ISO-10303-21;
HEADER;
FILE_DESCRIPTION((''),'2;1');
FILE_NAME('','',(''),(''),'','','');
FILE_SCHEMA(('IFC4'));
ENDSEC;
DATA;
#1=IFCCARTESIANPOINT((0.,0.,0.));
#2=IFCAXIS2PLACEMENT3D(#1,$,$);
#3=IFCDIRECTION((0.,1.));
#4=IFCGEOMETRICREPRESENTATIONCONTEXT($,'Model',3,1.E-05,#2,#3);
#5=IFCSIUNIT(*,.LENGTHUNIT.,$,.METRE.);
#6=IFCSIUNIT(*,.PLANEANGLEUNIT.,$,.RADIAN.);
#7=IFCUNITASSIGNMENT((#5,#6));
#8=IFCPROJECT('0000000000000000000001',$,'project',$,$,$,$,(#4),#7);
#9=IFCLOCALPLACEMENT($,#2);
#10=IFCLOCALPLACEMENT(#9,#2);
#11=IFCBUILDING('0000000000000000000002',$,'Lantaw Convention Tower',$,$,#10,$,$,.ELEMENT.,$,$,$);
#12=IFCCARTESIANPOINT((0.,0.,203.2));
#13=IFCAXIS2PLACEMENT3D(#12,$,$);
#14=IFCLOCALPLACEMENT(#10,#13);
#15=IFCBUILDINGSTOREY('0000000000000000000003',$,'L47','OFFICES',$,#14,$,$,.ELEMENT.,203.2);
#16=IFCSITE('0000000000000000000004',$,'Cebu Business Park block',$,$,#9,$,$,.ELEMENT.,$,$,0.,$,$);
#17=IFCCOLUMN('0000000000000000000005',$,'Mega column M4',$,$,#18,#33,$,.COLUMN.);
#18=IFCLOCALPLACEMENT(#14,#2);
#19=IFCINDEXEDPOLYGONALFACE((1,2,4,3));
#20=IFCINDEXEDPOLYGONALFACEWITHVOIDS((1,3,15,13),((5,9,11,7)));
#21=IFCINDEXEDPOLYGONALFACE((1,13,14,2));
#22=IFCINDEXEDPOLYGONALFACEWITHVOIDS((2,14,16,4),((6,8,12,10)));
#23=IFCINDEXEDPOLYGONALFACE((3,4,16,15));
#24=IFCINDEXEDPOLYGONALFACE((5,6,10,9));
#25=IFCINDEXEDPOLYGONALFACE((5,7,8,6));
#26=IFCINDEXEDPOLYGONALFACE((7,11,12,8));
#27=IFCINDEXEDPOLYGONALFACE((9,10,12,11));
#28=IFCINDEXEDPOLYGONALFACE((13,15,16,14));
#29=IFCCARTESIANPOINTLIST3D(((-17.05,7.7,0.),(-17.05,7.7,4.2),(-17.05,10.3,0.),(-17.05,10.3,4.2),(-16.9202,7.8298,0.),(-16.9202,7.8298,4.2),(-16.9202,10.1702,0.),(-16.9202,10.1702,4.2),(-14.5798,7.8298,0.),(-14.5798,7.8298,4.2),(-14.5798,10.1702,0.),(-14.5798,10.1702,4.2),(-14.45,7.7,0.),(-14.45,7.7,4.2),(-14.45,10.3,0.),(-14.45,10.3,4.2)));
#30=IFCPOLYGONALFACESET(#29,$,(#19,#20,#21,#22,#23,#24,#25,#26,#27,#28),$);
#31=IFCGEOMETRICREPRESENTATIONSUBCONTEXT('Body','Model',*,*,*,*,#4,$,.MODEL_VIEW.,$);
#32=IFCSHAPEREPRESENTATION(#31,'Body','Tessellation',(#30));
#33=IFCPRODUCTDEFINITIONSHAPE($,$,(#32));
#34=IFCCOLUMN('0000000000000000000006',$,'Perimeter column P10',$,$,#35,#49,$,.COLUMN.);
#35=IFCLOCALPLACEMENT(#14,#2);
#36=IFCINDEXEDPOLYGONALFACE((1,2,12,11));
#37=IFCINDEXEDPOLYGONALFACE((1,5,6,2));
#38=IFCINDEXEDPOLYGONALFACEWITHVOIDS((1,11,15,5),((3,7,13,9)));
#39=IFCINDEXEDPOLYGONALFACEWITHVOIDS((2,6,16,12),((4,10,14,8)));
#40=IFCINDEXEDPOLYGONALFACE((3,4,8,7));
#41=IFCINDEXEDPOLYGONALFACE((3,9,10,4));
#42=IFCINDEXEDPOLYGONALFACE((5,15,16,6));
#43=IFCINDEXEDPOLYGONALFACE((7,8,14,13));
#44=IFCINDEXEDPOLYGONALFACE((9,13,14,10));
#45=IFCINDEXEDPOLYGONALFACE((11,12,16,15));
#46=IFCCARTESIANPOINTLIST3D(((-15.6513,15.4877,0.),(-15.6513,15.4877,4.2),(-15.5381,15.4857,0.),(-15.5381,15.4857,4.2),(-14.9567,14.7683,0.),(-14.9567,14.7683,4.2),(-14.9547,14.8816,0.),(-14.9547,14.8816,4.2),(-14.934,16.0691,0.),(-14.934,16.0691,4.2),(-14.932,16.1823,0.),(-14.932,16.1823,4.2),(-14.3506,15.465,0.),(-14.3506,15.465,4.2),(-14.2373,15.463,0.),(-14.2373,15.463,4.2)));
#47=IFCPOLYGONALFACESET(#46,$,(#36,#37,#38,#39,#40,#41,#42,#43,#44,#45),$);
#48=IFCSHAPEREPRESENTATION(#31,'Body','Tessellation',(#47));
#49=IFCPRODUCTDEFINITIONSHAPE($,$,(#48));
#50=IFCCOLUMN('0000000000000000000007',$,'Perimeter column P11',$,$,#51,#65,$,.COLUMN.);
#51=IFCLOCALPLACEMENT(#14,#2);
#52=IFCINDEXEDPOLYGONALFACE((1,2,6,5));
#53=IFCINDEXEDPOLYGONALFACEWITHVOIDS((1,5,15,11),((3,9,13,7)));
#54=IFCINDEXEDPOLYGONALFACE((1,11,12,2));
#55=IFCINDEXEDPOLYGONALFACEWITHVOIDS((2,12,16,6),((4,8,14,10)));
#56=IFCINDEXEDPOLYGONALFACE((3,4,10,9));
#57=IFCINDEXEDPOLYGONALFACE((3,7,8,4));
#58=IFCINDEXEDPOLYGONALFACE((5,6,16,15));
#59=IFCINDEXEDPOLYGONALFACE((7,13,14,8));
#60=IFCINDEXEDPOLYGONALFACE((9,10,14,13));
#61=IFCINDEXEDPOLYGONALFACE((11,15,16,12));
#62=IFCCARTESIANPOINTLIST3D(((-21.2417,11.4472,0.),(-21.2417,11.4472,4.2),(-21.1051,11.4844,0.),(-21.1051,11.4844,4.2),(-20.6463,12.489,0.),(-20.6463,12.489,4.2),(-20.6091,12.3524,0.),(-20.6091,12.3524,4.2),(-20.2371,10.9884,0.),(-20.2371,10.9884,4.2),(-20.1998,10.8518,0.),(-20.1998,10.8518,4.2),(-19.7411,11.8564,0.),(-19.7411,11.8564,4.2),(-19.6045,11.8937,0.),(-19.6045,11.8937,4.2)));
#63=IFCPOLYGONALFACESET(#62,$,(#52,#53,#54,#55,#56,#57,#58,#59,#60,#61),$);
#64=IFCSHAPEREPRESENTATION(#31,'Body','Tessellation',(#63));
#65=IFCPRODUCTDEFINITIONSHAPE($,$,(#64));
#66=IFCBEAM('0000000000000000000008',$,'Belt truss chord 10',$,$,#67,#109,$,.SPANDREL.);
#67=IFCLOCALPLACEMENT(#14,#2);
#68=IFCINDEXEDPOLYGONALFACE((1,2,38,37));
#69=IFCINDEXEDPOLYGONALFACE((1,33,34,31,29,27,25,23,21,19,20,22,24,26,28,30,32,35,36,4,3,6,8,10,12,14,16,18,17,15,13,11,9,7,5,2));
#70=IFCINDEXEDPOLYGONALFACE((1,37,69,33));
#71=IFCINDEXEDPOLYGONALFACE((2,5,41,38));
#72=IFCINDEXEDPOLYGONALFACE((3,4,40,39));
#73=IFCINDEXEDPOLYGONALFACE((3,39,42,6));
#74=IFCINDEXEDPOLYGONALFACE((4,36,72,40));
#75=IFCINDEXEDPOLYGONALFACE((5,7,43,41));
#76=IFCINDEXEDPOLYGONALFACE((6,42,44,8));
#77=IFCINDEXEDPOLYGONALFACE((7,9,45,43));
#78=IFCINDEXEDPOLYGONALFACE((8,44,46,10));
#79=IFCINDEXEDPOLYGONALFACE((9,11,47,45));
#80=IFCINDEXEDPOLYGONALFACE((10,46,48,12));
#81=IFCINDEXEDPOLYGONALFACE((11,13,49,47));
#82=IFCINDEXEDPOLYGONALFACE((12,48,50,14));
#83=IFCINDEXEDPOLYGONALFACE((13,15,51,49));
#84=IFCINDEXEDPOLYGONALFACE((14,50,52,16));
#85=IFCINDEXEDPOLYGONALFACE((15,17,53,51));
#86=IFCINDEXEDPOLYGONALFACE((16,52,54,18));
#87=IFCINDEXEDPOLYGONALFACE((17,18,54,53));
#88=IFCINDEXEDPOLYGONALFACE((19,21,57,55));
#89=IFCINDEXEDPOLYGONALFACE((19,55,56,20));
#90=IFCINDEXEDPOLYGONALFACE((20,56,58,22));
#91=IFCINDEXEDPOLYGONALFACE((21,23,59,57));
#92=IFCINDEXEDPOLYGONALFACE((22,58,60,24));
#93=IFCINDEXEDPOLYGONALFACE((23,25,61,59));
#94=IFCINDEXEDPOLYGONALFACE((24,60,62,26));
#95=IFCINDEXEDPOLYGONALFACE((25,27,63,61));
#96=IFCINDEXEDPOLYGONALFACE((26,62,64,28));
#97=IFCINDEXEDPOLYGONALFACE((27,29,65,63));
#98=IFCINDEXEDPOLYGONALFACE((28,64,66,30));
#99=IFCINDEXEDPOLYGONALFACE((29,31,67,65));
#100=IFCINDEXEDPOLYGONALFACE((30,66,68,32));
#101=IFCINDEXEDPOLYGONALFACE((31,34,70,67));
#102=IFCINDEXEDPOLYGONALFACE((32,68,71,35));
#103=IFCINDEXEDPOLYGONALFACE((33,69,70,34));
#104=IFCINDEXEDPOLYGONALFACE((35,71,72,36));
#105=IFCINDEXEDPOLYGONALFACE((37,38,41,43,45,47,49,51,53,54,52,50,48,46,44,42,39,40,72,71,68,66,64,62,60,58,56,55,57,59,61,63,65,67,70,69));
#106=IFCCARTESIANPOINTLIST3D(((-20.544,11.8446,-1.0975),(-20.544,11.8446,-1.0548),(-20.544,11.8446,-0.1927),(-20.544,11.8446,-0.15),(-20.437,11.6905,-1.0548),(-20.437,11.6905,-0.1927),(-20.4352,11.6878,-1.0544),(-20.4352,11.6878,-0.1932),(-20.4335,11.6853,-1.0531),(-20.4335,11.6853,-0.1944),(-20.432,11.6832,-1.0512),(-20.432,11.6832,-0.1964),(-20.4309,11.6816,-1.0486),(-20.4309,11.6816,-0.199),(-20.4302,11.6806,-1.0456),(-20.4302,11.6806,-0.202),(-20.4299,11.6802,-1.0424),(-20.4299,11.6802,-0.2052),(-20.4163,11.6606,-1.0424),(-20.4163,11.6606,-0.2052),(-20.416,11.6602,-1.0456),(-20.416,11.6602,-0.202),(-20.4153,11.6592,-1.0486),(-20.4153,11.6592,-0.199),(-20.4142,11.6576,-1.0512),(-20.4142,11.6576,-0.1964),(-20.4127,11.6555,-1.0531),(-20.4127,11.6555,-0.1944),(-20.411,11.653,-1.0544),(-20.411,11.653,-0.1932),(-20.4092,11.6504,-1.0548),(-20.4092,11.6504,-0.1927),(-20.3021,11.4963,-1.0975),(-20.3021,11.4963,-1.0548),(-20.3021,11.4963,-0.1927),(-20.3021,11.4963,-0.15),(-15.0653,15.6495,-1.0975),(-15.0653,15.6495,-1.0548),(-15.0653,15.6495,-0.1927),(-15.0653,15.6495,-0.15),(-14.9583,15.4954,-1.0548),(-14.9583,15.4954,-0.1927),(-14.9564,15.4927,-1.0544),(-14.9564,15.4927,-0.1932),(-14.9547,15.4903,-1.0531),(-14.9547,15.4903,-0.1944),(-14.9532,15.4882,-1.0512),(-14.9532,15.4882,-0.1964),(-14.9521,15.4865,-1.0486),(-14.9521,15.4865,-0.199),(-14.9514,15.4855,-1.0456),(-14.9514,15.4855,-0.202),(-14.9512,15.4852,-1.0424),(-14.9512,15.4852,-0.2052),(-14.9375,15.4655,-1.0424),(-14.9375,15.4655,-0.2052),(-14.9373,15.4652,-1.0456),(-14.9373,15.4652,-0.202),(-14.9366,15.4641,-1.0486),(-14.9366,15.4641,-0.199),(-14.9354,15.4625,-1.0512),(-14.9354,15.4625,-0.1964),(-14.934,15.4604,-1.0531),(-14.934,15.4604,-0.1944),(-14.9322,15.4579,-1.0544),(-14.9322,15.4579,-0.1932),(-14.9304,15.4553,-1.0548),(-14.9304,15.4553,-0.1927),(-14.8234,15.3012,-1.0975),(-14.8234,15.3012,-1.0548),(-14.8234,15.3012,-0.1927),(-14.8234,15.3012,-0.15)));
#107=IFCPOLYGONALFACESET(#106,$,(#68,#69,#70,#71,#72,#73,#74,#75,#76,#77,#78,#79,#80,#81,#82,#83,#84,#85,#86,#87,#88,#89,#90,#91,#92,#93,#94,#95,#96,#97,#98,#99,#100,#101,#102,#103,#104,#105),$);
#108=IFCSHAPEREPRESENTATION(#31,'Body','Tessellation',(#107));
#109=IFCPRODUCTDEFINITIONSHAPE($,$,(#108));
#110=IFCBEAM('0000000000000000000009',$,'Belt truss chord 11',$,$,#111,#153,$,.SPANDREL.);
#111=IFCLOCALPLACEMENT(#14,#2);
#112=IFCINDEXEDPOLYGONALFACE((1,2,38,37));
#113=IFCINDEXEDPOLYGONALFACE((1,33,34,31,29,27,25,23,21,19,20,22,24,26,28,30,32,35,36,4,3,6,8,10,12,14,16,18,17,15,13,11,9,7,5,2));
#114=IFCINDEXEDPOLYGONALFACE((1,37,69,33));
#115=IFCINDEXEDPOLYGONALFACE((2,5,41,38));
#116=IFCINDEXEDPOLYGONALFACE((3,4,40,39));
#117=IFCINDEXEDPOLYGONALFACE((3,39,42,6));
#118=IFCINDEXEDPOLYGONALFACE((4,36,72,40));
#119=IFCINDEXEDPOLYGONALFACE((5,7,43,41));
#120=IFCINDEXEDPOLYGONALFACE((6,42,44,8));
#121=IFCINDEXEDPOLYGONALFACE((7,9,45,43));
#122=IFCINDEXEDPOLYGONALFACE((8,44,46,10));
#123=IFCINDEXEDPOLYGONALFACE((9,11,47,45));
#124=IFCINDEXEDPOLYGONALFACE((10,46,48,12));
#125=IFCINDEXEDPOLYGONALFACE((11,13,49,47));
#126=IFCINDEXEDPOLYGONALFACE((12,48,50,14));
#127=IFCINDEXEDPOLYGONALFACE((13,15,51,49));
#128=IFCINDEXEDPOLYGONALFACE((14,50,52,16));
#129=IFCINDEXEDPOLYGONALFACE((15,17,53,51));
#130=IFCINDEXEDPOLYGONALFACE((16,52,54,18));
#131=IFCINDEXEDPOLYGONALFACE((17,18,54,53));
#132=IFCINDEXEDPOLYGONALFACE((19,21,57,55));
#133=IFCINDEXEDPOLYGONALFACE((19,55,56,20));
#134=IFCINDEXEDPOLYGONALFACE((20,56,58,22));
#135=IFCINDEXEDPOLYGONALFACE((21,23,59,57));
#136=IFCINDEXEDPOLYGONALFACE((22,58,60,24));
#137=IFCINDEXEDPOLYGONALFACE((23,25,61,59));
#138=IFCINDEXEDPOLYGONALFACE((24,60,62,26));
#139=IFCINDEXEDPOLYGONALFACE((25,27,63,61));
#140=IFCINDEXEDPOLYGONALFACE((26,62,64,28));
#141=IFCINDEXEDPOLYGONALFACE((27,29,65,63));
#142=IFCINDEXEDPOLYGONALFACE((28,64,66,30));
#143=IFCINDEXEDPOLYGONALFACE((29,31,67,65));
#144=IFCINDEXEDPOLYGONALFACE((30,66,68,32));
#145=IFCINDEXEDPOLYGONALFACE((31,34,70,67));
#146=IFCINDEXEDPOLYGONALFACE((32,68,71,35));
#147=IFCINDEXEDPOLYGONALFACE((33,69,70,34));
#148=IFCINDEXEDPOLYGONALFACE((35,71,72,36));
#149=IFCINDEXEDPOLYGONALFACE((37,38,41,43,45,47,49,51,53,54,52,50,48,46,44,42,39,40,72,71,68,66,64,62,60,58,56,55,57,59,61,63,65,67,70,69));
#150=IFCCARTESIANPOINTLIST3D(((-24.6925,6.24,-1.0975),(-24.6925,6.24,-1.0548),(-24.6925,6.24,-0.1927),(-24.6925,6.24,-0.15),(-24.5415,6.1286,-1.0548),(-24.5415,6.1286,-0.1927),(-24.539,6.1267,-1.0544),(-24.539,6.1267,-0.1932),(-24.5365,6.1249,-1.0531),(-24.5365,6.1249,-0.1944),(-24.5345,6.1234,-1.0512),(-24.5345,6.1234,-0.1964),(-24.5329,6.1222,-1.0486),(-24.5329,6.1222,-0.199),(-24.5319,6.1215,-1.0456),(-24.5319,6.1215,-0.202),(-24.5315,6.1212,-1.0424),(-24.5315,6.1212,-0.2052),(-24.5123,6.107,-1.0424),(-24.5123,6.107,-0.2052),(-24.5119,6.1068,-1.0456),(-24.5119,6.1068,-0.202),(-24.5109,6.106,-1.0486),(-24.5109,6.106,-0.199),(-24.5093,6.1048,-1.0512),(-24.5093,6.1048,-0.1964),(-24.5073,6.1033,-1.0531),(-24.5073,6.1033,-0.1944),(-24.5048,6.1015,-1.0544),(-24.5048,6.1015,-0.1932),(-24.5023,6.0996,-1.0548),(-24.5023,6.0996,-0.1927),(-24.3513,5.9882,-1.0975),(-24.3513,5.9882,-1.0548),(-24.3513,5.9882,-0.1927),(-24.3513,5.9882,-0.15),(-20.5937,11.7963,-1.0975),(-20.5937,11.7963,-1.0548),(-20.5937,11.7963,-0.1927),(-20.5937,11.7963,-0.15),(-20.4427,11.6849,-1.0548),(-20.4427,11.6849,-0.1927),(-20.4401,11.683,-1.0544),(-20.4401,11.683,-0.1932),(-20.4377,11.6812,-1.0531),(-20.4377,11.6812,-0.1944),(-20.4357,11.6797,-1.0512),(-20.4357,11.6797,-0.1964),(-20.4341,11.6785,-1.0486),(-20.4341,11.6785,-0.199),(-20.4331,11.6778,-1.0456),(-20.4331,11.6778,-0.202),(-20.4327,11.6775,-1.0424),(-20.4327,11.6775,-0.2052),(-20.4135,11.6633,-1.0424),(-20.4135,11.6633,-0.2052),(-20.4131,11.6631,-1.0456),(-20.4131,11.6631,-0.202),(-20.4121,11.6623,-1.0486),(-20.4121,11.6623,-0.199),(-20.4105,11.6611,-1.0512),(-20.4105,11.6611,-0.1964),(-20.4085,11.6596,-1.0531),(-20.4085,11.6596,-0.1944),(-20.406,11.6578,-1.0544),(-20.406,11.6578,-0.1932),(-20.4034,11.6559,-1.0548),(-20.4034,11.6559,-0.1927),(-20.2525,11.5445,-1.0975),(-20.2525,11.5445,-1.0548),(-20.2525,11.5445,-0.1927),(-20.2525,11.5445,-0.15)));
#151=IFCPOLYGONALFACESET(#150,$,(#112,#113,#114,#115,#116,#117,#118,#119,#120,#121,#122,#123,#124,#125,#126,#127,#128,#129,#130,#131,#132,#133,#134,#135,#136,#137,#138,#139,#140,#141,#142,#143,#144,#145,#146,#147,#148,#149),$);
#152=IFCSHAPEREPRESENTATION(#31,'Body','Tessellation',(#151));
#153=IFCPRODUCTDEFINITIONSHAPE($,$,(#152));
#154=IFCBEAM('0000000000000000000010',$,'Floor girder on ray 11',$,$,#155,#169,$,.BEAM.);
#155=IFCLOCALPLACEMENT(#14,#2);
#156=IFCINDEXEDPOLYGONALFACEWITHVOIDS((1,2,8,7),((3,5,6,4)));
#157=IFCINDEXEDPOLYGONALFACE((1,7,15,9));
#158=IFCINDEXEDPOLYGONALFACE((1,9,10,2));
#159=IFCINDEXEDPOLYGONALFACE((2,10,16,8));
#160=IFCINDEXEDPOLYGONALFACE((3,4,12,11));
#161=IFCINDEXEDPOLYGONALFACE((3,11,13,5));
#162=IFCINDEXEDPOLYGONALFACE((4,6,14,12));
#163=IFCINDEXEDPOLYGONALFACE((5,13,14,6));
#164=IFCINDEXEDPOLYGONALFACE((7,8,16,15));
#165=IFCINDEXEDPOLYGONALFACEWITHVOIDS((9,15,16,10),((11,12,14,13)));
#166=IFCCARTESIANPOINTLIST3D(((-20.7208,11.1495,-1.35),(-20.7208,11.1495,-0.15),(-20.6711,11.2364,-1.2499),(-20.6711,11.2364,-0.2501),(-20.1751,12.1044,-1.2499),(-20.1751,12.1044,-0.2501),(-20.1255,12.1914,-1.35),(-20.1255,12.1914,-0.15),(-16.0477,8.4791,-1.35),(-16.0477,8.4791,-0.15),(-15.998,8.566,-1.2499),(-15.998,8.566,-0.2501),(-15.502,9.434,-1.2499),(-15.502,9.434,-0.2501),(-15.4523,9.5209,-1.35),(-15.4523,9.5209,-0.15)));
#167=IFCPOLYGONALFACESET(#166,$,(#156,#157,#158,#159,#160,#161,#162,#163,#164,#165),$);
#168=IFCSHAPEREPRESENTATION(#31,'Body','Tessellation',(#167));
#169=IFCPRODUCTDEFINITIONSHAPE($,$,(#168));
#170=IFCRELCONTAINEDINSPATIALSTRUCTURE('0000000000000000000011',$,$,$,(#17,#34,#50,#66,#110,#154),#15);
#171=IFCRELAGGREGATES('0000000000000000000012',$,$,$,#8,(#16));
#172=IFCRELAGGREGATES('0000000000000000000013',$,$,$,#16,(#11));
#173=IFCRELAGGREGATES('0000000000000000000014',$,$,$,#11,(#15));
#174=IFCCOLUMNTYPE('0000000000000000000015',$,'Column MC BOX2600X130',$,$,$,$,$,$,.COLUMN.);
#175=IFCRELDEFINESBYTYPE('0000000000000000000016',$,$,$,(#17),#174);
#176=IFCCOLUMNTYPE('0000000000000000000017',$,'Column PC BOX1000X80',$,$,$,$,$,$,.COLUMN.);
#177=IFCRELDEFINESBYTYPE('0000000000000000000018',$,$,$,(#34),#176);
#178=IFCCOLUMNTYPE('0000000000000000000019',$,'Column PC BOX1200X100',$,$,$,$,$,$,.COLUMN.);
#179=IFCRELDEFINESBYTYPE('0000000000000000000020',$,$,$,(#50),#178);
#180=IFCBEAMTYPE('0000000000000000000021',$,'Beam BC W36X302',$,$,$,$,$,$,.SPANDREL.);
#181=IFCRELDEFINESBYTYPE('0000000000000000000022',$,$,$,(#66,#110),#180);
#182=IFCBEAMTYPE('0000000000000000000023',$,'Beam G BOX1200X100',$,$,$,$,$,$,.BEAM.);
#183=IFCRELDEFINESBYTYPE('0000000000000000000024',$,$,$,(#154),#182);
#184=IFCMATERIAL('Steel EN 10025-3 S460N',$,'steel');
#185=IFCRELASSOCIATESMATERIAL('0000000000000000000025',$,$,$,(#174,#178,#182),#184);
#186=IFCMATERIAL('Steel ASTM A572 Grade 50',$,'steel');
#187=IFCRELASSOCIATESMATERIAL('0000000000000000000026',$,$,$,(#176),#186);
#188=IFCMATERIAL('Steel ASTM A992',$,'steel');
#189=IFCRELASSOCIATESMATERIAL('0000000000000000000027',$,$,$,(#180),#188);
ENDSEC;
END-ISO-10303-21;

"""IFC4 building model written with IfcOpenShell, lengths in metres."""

from ifc_helpers import new_model, si_unit, direction, frame, origin, origin_2d, place, context, subcontext, project, spatial, rectangle, hollow_rectangle, i_section, extrude, material, material_profile, profile_set, type_object, element, save


model = new_model("IFC4")

# Units and contexts
model_context = context("Model", 3, precision=1e-05, world=origin(), true_north=direction((0.0, 1.0)))
body_context = subcontext(model_context, "Body", "Model", "MODEL_VIEW")
ifc_project = project(units=[si_unit("LENGTHUNIT", "METRE"), si_unit("PLANEANGLEUNIT", "RADIAN")], contexts=[model_context])

# Site, building, storey
site_placement = place(None, origin())
site = spatial("IfcSite", under=ifc_project, at=site_placement, Name="Cebu Business Park block", CompositionType="ELEMENT", RefElevation=0.0)
building_placement = place(site_placement, origin())
building = spatial("IfcBuilding", under=site, at=building_placement, Name="Lantaw Convention Tower", CompositionType="ELEMENT")
storey_placement = place(building_placement, frame((0.0, 0.0, 203.2)))
storey = spatial("IfcBuildingStorey", under=building, at=storey_placement, Name="L47", Description="OFFICES", CompositionType="ELEMENT", Elevation=203.2)

# Columns
ifc_material_1 = material(Name="Steel EN 10025-3 S460N", Category="steel")
ifc_material_profile_1 = material_profile(ifc_material_1, hollow_rectangle(XDim=2.6001, YDim=2.6001, WallThickness=0.1299, at=origin_2d()), Name="BOX2600X130")
ifc_material_2 = material(Name="Concrete C60/75", Category="concrete")
ifc_material_profile_2 = material_profile(ifc_material_2, rectangle(XDim=2.3401, YDim=2.3401, at=origin_2d()), Name="Concrete fill of BOX2600X130")
ifc_profile_set_1 = profile_set([ifc_material_profile_1, ifc_material_profile_2], Name="Steel EN 10025-3 S460N")
column_type_1 = type_object("IfcColumnType", Name="Column MC BOX2600X130", PredefinedType="COLUMN", material=ifc_profile_set_1)
column_1_placement = place(storey_placement, frame((-15.75, 9.0, 0.0), z_axis=(0.0, 0.0, 1.0), x_axis=(1.0, 0.0, 0.0)))
element("IfcColumn", 1, at=column_1_placement, inside=storey, type_object=column_type_1, Name="Mega column M4", PredefinedType="COLUMN", context=body_context, shape_type="SweptSolid", body=[
    extrude(hollow_rectangle(XDim=2.6001, YDim=2.6001, WallThickness=0.1299, at=origin_2d()), origin(), (0.0, 0.0, 1.0), 4.2),
])
ifc_material_3 = material(Name="Steel ASTM A572 Grade 50", Category="steel")
ifc_material_profile_3 = material_profile(ifc_material_3, hollow_rectangle(XDim=1.0, YDim=1.0, WallThickness=0.0801, at=origin_2d()), Name="BOX1000X80")
ifc_material_profile_4 = material_profile(ifc_material_2, rectangle(XDim=0.8401, YDim=0.8401, at=origin_2d()), Name="Concrete fill of BOX1000X80")
ifc_profile_set_2 = profile_set([ifc_material_profile_3, ifc_material_profile_4], Name="Steel ASTM A572 Grade 50")
column_type_2 = type_object("IfcColumnType", Name="Column PC BOX1000X80", PredefinedType="COLUMN", material=ifc_profile_set_2)
column_2_placement = place(storey_placement, frame((-14.9443, 15.4753, 0.0), z_axis=(0.0, 0.0, 1.0), x_axis=(0.71934, 0.694658, 0.0)))
element("IfcColumn", 2, at=column_2_placement, inside=storey, type_object=column_type_2, Name="Perimeter column P10", PredefinedType="COLUMN", context=body_context, shape_type="SweptSolid", body=[
    extrude(hollow_rectangle(XDim=1.0, YDim=1.0, WallThickness=0.0801, at=origin_2d()), origin(), (0.0, 0.0, 1.0), 4.2),
])
ifc_material_profile_5 = material_profile(ifc_material_1, hollow_rectangle(XDim=1.2, YDim=1.2, WallThickness=0.1001, at=origin_2d()), Name="BOX1200X100")
ifc_material_profile_6 = material_profile(ifc_material_2, rectangle(XDim=1.0, YDim=1.0, at=origin_2d()), Name="Concrete fill of BOX1200X100")
ifc_profile_set_3 = profile_set([ifc_material_profile_5, ifc_material_profile_6], Name="Steel EN 10025-3 S460N")
column_type_3 = type_object("IfcColumnType", Name="Column PC BOX1200X100", PredefinedType="COLUMN", material=ifc_profile_set_3)
column_3_placement = place(storey_placement, frame((-20.4231, 11.6704, 0.0), z_axis=(0.0, 0.0, 1.0), x_axis=(0.496139, 0.868243, 0.0)))
element("IfcColumn", 3, at=column_3_placement, inside=storey, type_object=column_type_3, Name="Perimeter column P11", PredefinedType="COLUMN", context=body_context, shape_type="SweptSolid", body=[
    extrude(hollow_rectangle(XDim=1.2, YDim=1.2, WallThickness=0.1001, at=origin_2d()), origin(), (0.0, 0.0, 1.0), 4.2),
])

# Beams
ifc_material_4 = material(Name="Steel ASTM A992", Category="steel")
ifc_material_profile_7 = material_profile(ifc_material_4, i_section(OverallWidth=0.4241, OverallDepth=0.9475, WebThickness=0.0239, FlangeThickness=0.0427, FilletRadius=0.0125, at=origin_2d()), Name="W36X302")
ifc_profile_set_4 = profile_set([ifc_material_profile_7], Name="Steel ASTM A992")
beam_type_1 = type_object("IfcBeamType", Name="Beam BC W36X302", PredefinedType="SPANDREL", material=ifc_profile_set_4)
beam_1_placement = place(storey_placement, frame((-14.9443, 15.4753, -0.6238), z_axis=(-0.821353, -0.57042, 0.0), x_axis=(0.57042, -0.821353, 0.0)))
element("IfcBeam", 4, at=beam_1_placement, inside=storey, type_object=beam_type_1, Name="Belt truss chord 10", PredefinedType="SPANDREL", context=body_context, shape_type="SweptSolid", body=[
    extrude(i_section(OverallWidth=0.4241, OverallDepth=0.9475, WebThickness=0.0239, FlangeThickness=0.0427, FilletRadius=0.0125, at=origin_2d()), origin(), (0.0, 0.0, 1.0), 6.6704),
])
beam_2_placement = place(storey_placement, frame((-20.4231, 11.6704, -0.6238), z_axis=(-0.593639, -0.804731, 0.0), x_axis=(0.804731, -0.593639, 0.0)))
element("IfcBeam", 5, at=beam_2_placement, inside=storey, type_object=beam_type_1, Name="Belt truss chord 11", PredefinedType="SPANDREL", context=body_context, shape_type="SweptSolid", body=[
    extrude(i_section(OverallWidth=0.4241, OverallDepth=0.9475, WebThickness=0.0239, FlangeThickness=0.0427, FilletRadius=0.0125, at=origin_2d()), origin(), (0.0, 0.0, 1.0), 6.9045),
])
ifc_material_profile_8 = material_profile(ifc_material_1, hollow_rectangle(XDim=1.2, YDim=1.2, WallThickness=0.1001, at=origin_2d()), Name="BOX1200X100")
ifc_profile_set_5 = profile_set([ifc_material_profile_8], Name="Steel EN 10025-3 S460N")
beam_type_2 = type_object("IfcBeamType", Name="Beam G BOX1200X100", PredefinedType="BEAM", material=ifc_profile_set_5)
beam_3_placement = place(storey_placement, frame((-15.75, 9.0, -0.75), z_axis=(-0.868238, 0.496149, 0.0), x_axis=(-0.496149, -0.868238, 0.0)))
element("IfcBeam", 6, at=beam_3_placement, inside=storey, type_object=beam_type_2, Name="Floor girder on ray 11", PredefinedType="BEAM", context=body_context, shape_type="SweptSolid", body=[
    extrude(hollow_rectangle(XDim=1.2, YDim=1.2, WallThickness=0.1001, at=origin_2d()), origin(), (0.0, 0.0, 1.0), 5.3823),
])

save(model, "model.ifc")
